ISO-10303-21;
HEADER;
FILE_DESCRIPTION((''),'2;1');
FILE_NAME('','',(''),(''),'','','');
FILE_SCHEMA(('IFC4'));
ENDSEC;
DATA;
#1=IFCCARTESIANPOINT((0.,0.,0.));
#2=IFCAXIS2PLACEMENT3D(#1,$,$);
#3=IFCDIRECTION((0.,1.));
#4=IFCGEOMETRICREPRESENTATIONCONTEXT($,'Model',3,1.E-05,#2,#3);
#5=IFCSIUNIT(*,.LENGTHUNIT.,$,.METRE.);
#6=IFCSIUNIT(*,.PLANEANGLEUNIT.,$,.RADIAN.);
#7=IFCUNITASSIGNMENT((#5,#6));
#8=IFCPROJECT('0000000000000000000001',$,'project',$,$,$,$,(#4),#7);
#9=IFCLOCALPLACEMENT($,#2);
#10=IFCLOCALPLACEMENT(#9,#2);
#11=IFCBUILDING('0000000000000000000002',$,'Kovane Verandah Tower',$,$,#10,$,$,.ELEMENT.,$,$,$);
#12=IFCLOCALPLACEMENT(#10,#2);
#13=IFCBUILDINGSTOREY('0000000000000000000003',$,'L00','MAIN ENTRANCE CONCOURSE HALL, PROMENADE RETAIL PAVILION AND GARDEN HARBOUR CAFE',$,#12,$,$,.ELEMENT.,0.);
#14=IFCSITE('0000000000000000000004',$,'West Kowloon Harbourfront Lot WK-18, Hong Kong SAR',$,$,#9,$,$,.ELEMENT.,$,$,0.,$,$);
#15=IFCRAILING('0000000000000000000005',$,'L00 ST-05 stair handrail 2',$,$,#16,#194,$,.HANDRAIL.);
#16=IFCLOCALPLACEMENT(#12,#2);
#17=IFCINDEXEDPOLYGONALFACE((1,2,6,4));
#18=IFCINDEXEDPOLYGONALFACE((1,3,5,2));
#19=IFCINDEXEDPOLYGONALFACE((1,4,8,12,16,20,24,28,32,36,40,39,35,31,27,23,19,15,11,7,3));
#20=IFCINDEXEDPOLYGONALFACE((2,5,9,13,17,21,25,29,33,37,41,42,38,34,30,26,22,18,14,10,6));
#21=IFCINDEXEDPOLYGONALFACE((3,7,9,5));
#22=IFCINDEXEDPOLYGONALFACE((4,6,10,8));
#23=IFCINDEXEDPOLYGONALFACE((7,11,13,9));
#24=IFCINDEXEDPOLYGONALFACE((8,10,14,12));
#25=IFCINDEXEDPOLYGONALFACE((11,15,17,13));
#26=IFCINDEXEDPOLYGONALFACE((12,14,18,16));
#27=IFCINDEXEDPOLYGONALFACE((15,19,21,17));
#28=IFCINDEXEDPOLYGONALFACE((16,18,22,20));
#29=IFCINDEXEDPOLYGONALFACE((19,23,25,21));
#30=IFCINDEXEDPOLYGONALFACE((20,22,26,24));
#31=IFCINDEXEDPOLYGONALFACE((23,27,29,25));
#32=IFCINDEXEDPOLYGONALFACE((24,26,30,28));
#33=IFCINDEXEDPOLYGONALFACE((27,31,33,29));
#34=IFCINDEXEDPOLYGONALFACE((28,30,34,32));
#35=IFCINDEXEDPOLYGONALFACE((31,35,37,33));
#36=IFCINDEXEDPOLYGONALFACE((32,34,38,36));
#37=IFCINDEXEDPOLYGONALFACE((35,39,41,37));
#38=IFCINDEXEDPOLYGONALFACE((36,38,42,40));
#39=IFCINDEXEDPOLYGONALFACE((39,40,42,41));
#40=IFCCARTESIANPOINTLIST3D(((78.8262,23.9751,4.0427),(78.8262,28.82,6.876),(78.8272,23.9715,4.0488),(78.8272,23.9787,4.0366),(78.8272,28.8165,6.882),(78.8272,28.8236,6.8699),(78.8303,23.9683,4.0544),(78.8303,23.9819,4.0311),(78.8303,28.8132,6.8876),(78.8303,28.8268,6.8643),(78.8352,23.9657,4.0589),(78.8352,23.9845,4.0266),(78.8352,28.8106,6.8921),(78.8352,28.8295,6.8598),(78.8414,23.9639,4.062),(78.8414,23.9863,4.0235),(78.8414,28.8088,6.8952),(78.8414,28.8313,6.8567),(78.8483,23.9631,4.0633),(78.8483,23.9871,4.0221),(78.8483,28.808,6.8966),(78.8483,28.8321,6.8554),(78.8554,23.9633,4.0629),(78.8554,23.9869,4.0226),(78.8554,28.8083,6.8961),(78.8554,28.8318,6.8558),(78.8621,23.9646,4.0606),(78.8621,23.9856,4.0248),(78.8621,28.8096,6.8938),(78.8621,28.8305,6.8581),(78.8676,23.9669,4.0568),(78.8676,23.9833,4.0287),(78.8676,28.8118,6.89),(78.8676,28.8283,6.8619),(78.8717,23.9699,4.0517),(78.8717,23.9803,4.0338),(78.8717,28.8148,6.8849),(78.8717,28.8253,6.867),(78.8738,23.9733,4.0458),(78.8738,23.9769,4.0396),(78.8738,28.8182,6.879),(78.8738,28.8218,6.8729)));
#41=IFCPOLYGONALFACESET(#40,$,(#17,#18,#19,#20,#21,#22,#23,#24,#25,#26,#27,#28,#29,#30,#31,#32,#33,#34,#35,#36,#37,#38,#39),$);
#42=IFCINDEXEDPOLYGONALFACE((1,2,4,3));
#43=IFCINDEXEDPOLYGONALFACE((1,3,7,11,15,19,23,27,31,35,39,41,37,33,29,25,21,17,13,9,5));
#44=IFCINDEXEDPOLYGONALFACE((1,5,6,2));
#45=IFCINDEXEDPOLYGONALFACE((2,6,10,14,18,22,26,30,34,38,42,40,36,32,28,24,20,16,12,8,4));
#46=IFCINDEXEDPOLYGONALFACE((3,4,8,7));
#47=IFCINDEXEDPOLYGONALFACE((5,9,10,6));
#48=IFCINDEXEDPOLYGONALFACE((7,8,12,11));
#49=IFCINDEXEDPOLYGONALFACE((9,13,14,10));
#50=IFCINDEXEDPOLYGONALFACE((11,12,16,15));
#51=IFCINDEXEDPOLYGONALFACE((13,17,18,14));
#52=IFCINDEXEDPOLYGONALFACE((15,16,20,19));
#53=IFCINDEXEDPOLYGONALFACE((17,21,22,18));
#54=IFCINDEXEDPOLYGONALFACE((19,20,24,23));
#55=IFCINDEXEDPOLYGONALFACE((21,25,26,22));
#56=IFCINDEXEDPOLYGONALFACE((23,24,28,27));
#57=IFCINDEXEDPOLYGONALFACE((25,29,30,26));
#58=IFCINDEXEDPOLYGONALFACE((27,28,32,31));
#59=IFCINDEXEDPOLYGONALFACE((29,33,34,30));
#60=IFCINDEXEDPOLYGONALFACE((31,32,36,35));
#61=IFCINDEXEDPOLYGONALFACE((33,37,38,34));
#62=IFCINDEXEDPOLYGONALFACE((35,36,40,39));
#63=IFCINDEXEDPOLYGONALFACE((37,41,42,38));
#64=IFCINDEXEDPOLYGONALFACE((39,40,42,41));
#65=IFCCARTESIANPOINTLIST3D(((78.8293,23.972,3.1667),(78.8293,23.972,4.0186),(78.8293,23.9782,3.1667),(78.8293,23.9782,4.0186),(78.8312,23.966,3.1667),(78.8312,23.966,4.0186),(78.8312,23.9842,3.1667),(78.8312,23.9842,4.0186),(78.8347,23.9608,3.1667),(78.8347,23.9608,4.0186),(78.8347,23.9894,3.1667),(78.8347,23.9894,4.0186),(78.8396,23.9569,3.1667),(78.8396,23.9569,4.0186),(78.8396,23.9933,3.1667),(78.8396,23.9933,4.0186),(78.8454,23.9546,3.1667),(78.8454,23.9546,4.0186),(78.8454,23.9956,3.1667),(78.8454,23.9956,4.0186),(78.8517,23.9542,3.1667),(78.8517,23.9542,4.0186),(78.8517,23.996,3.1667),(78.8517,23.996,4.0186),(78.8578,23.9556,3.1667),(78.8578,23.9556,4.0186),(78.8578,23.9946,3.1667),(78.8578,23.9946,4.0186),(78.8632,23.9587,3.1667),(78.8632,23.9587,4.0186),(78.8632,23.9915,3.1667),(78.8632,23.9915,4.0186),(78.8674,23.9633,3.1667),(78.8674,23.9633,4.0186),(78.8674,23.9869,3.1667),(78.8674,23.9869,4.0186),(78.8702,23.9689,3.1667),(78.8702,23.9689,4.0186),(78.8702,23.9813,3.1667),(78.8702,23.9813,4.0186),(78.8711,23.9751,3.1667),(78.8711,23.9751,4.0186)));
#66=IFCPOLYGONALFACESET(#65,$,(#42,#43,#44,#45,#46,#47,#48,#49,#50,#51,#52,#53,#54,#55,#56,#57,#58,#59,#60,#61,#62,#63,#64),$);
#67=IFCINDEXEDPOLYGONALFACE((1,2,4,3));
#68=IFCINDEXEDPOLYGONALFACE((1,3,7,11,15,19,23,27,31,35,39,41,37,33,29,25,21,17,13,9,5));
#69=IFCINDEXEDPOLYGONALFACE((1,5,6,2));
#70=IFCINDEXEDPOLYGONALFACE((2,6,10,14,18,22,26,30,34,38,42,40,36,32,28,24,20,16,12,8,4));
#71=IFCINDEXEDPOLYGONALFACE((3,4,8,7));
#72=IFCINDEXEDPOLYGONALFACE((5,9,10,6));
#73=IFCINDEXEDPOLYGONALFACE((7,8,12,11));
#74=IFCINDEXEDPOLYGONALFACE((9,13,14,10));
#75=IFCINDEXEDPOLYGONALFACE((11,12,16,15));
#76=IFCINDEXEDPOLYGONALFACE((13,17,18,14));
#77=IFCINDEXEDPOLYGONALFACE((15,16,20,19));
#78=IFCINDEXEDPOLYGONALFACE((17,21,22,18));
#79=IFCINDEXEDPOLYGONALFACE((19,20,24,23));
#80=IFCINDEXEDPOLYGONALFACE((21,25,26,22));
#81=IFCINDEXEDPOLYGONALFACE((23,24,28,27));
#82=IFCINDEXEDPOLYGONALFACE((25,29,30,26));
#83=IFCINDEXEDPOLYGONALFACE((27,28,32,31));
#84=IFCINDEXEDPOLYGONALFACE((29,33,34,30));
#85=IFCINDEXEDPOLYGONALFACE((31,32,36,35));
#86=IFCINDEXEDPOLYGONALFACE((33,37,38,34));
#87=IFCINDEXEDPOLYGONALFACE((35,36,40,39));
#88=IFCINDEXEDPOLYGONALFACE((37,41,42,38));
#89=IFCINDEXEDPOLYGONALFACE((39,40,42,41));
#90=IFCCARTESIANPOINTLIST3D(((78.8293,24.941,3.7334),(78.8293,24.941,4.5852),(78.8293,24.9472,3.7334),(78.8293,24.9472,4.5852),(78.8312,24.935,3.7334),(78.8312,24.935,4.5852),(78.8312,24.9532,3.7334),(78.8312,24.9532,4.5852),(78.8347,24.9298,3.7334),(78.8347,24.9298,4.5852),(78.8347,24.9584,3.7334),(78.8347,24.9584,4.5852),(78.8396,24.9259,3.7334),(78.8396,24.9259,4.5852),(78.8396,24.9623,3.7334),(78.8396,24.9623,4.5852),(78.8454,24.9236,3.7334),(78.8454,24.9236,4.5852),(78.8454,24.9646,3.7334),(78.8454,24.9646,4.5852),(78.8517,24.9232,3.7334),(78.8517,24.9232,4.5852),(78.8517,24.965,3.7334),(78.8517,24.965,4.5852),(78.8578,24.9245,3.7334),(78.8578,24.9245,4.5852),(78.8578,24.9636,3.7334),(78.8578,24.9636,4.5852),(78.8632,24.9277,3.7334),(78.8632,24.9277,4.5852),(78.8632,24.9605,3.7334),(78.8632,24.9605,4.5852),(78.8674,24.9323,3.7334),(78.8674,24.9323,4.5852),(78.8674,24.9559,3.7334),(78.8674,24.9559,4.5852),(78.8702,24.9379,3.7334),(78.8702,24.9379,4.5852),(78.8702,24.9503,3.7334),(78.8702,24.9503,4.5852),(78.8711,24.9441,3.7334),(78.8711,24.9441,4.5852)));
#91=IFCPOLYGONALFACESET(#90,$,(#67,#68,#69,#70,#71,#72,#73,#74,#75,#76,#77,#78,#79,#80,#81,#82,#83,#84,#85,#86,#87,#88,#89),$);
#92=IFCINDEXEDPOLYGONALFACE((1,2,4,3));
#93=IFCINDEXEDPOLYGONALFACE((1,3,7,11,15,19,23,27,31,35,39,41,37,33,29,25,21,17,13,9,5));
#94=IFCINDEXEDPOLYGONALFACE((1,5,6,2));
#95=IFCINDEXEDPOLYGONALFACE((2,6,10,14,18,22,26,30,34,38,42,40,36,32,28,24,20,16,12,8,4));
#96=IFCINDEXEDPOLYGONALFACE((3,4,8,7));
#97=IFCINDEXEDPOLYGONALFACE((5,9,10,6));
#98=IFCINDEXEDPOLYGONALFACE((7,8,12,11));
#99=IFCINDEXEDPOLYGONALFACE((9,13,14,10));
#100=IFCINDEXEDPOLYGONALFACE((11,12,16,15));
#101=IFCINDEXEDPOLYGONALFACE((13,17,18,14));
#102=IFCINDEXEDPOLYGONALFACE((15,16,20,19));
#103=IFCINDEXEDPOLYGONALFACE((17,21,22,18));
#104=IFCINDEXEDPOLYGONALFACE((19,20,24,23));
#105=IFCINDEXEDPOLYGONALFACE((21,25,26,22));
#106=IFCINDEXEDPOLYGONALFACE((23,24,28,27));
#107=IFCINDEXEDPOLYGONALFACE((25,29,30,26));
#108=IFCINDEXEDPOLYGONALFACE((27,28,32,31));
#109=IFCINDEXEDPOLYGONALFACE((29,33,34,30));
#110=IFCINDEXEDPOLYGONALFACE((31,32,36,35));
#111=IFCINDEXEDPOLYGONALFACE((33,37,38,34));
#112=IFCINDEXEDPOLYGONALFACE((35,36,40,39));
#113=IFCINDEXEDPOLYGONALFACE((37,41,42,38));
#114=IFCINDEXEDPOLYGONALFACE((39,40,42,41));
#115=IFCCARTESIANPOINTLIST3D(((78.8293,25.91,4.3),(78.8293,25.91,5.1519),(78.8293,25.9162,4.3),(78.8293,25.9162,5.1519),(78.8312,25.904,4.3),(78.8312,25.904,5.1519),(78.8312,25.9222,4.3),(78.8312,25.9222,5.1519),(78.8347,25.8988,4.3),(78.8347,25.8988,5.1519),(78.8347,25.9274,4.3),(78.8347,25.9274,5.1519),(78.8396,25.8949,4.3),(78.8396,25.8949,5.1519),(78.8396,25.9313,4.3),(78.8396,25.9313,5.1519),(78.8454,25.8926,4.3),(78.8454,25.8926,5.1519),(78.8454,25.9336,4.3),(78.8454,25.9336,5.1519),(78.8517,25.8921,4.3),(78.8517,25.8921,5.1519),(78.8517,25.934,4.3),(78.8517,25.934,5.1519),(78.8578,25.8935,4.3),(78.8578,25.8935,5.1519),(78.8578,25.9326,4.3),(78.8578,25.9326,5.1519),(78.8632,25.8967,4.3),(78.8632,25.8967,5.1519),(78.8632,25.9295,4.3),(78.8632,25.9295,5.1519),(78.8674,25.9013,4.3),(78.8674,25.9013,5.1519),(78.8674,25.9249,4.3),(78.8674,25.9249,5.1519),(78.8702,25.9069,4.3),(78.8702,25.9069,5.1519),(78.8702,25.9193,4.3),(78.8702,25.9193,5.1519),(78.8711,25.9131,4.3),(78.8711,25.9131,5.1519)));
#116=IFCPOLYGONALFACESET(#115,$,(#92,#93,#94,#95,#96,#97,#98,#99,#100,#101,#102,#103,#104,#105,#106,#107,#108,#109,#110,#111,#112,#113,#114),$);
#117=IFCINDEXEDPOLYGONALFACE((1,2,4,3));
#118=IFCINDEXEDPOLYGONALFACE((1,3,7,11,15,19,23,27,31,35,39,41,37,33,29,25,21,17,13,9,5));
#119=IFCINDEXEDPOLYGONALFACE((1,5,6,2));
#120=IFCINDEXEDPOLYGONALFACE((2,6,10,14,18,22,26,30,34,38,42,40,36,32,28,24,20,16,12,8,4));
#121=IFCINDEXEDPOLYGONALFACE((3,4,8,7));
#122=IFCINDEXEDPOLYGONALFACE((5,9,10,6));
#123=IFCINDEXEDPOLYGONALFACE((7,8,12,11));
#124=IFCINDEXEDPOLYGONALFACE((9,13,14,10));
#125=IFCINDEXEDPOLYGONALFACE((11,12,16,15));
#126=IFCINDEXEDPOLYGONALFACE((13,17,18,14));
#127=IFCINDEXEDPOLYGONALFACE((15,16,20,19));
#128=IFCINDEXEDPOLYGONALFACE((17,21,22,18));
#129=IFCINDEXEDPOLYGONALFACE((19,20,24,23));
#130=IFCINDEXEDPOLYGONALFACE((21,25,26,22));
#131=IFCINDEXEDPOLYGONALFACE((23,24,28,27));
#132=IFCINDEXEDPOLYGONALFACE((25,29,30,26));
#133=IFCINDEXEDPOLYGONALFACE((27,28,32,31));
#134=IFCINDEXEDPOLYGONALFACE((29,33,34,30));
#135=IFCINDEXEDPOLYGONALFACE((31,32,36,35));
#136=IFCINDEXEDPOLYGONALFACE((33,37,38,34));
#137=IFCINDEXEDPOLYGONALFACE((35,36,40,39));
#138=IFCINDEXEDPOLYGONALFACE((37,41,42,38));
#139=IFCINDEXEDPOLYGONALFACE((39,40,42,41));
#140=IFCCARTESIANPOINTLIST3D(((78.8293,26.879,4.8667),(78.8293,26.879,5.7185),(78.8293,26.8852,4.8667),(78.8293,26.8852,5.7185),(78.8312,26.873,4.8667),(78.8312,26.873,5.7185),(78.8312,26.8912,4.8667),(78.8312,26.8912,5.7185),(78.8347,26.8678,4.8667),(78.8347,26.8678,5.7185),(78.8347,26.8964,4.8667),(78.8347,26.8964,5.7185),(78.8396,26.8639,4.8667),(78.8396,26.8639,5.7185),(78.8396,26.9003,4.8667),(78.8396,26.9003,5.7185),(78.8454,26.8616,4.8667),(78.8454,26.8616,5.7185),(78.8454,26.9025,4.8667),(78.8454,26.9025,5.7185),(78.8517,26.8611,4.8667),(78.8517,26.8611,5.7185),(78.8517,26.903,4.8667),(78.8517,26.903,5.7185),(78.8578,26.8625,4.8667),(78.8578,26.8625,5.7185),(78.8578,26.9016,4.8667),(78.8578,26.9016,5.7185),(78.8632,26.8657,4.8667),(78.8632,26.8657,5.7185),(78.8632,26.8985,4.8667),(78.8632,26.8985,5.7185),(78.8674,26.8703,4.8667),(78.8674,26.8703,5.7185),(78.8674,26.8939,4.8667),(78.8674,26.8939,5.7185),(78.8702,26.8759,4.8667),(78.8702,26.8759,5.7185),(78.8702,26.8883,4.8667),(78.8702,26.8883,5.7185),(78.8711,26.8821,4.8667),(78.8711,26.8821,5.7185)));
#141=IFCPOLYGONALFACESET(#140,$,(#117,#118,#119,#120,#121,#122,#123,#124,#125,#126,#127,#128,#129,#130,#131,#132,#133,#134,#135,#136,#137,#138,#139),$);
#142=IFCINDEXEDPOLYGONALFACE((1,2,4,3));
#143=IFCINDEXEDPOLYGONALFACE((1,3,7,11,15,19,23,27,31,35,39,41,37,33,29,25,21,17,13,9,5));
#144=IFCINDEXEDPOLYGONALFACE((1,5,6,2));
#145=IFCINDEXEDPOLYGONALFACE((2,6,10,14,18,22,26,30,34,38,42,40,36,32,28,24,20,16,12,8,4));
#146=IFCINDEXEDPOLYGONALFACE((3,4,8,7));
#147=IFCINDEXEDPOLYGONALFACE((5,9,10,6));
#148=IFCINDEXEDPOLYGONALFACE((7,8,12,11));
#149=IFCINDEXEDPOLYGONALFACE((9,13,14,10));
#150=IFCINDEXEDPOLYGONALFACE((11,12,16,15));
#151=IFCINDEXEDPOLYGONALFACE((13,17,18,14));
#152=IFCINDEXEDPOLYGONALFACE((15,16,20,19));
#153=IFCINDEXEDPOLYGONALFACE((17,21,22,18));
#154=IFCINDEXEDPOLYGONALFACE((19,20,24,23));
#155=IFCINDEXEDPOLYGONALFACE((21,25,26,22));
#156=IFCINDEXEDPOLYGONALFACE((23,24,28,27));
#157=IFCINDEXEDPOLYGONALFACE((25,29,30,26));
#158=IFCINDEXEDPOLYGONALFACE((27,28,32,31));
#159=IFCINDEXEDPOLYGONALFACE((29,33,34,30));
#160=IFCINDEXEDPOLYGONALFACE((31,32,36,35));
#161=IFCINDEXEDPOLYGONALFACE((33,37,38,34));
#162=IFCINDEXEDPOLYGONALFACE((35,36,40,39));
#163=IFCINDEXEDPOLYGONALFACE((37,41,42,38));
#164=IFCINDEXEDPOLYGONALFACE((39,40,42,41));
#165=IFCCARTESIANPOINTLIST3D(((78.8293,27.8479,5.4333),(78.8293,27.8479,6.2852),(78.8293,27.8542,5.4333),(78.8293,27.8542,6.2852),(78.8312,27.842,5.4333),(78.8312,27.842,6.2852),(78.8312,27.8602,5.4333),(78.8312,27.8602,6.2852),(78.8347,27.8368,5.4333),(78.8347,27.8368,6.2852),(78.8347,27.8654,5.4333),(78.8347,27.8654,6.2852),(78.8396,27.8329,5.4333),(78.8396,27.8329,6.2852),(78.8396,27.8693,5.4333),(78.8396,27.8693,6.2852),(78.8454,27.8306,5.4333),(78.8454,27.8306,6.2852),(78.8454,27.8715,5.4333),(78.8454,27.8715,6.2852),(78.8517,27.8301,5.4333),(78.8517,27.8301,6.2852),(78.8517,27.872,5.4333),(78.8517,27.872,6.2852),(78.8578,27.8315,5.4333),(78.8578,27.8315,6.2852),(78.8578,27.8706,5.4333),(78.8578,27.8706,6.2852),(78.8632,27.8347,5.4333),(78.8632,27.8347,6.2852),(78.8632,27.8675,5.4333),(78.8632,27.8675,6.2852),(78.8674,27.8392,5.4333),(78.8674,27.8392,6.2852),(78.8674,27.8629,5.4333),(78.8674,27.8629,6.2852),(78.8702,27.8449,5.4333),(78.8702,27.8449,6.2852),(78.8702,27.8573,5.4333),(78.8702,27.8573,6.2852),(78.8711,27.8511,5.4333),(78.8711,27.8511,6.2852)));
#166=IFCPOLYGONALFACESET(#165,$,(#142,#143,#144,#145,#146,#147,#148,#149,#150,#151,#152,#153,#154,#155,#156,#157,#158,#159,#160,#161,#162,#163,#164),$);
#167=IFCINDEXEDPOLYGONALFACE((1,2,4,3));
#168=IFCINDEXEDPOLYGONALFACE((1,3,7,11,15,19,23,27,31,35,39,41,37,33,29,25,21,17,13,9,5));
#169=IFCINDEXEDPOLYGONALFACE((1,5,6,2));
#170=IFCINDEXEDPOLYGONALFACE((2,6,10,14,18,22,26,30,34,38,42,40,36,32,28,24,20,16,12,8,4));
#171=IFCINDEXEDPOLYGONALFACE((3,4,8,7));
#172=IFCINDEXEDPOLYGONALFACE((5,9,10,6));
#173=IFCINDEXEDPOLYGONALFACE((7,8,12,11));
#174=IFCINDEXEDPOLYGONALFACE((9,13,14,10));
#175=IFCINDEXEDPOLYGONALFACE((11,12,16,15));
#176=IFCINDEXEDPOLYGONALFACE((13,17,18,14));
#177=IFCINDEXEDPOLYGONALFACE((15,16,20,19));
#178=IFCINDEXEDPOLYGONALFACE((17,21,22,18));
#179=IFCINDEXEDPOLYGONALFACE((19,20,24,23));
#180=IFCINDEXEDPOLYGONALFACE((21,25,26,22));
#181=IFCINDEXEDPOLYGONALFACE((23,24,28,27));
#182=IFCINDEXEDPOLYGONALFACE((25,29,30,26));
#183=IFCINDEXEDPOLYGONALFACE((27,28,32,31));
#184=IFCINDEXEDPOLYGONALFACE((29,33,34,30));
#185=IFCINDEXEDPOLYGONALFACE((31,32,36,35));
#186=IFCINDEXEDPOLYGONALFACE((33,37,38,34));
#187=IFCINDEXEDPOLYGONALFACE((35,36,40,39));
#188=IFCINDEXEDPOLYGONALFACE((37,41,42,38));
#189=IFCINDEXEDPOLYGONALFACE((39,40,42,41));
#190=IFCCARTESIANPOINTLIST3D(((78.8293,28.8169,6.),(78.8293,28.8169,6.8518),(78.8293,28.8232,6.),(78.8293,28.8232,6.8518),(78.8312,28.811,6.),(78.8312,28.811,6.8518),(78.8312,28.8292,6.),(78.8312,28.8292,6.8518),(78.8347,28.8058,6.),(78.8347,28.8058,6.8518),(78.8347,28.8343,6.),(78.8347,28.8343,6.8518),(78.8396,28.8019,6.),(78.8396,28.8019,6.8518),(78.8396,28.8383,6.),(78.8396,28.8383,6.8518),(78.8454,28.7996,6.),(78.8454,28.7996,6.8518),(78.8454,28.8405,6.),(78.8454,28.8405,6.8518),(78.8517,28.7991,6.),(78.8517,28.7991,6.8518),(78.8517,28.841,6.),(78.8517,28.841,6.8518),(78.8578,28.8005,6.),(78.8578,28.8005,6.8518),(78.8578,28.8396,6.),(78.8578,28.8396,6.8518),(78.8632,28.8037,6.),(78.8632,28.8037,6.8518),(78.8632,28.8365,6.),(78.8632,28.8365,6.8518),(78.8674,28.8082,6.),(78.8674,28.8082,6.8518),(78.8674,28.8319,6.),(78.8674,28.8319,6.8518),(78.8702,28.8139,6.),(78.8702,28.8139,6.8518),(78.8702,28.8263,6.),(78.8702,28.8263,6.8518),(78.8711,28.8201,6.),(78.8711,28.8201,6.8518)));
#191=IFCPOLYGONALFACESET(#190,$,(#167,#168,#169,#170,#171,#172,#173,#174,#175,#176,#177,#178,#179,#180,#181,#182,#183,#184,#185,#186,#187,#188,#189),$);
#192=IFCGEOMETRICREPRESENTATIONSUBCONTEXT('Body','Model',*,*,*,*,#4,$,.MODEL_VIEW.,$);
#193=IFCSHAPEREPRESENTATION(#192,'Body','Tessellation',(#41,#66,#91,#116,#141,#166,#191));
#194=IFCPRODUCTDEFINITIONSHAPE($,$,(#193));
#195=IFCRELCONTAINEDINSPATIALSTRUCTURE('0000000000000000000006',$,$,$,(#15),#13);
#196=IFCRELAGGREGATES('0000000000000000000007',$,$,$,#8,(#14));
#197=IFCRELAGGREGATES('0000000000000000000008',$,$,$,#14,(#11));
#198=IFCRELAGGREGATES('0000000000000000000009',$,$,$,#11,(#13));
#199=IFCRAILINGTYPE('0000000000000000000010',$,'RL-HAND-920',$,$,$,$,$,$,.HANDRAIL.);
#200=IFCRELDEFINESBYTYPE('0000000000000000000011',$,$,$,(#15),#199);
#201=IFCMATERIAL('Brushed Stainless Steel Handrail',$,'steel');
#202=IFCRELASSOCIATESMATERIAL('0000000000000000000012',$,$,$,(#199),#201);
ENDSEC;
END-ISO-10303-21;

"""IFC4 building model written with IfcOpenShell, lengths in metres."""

from ifc_helpers import new_model, si_unit, direction, frame, origin, origin_2d, place, context, subcontext, project, spatial, circle, extrude, material, type_object, element, save


model = new_model("IFC4")

# Units and contexts
model_context = context("Model", 3, precision=1e-05, world=origin(), true_north=direction((0.0, 1.0)))
body_context = subcontext(model_context, "Body", "Model", "MODEL_VIEW")
ifc_project = project(units=[si_unit("LENGTHUNIT", "METRE"), si_unit("PLANEANGLEUNIT", "RADIAN")], contexts=[model_context])

# Site, building, storey
site_placement = place(None, origin())
site = spatial("IfcSite", under=ifc_project, at=site_placement, Name="West Kowloon Harbourfront Lot WK-18, Hong Kong SAR", CompositionType="ELEMENT", RefElevation=0.0)
building_placement = place(site_placement, origin())
building = spatial("IfcBuilding", under=site, at=building_placement, Name="Kovane Verandah Tower", CompositionType="ELEMENT")
storey_placement = place(building_placement, origin())
storey = spatial("IfcBuildingStorey", under=building, at=storey_placement, Name="L00", Description="MAIN ENTRANCE CONCOURSE HALL, PROMENADE RETAIL PAVILION AND GARDEN HARBOUR CAFE", CompositionType="ELEMENT", Elevation=0.0)

# Railing
ifc_material_1 = material(Name="Brushed Stainless Steel Handrail", Category="steel")
railing_type_1 = type_object("IfcRailingType", Name="RL-HAND-920", PredefinedType="HANDRAIL", material=ifc_material_1)
railing_1_placement = place(storey_placement, frame((78.8501, 23.9751, 3.1667)))
element("IfcRailing", 1, at=railing_1_placement, inside=storey, type_object=railing_type_1, Name="L00 ST-05 stair handrail 2", PredefinedType="HANDRAIL", context=body_context, shape_type="SweptSolid", body=[
    extrude(circle(Radius=0.0239, at=origin_2d()), frame((0.0, 0.0, 0.876), z_axis=(0.0, 0.863234, 0.504804), x_axis=(-1.0, 0.0, 0.0)), (0.0, 0.0, 1.0), 5.6125),
    extrude(circle(Radius=0.021, at=origin_2d()), origin(), (0.0, 0.0, 1.0), 0.8518),
    extrude(circle(Radius=0.021, at=origin_2d()), frame((0.0, 0.969, 0.5667)), (0.0, 0.0, 1.0), 0.8518),
    extrude(circle(Radius=0.021, at=origin_2d()), frame((0.0, 1.938, 1.1333)), (0.0, 0.0, 1.0), 0.8518),
    extrude(circle(Radius=0.021, at=origin_2d()), frame((0.0, 2.907, 1.7)), (0.0, 0.0, 1.0), 0.8518),
    extrude(circle(Radius=0.021, at=origin_2d()), frame((0.0, 3.876, 2.2666)), (0.0, 0.0, 1.0), 0.8518),
    extrude(circle(Radius=0.021, at=origin_2d()), frame((0.0, 4.845, 2.8333)), (0.0, 0.0, 1.0), 0.8518),
])

save(model, "model.ifc")
